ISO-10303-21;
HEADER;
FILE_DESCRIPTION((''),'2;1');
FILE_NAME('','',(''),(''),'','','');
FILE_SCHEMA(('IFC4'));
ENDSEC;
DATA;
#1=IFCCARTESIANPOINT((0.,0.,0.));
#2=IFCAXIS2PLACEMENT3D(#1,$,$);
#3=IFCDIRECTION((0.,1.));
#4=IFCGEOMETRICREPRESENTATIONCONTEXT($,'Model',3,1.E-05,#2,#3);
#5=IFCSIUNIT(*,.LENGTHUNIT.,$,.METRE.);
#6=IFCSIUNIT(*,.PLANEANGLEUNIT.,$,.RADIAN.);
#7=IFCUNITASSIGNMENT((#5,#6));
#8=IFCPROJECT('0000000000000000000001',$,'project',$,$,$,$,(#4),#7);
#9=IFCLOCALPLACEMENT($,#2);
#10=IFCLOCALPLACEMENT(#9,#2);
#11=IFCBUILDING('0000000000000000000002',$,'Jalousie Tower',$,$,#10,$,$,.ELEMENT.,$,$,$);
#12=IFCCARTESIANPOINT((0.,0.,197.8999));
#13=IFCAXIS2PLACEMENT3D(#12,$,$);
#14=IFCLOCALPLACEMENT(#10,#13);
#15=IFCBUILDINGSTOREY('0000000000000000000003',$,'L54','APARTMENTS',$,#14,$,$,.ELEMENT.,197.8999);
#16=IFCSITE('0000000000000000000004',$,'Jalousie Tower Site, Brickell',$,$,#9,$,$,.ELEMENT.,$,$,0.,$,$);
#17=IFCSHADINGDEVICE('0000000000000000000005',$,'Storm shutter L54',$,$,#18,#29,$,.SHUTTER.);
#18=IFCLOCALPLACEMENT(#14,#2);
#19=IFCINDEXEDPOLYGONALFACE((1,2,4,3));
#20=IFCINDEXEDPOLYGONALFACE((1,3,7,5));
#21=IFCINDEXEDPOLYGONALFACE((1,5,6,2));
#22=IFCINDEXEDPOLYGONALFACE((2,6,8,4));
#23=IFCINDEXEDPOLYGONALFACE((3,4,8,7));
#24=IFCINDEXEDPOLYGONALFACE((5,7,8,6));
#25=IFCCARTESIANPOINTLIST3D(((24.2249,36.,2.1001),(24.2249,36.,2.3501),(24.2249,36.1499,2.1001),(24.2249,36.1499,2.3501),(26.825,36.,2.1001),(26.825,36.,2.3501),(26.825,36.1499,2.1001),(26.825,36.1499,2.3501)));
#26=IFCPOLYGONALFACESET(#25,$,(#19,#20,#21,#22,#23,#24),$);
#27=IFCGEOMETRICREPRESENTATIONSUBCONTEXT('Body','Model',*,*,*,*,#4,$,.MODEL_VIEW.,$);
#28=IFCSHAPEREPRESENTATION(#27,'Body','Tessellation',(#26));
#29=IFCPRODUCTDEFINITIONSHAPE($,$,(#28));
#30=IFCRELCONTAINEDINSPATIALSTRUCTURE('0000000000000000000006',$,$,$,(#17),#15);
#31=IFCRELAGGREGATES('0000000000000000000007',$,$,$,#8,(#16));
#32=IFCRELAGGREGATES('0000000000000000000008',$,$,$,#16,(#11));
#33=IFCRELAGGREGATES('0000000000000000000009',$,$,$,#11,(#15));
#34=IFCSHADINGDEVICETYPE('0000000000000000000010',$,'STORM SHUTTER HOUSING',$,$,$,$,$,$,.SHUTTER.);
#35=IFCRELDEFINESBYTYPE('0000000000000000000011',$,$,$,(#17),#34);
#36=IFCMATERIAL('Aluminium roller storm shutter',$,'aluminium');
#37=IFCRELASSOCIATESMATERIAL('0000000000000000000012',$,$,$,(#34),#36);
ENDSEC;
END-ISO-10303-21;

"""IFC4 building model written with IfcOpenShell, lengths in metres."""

from ifc_helpers import new_model, si_unit, direction, frame, origin, origin_2d, place, context, subcontext, project, spatial, rectangle, extrude, material, type_object, element, save


model = new_model("IFC4")

# Units and contexts
model_context = context("Model", 3, precision=1e-05, world=origin(), true_north=direction((0.0, 1.0)))
body_context = subcontext(model_context, "Body", "Model", "MODEL_VIEW")
ifc_project = project(units=[si_unit("LENGTHUNIT", "METRE"), si_unit("PLANEANGLEUNIT", "RADIAN")], contexts=[model_context])

# Site, building, storey
site_placement = place(None, origin())
site = spatial("IfcSite", under=ifc_project, at=site_placement, Name="Jalousie Tower Site, Brickell", CompositionType="ELEMENT", RefElevation=0.0)
building_placement = place(site_placement, origin())
building = spatial("IfcBuilding", under=site, at=building_placement, Name="Jalousie Tower", CompositionType="ELEMENT")
storey_placement = place(building_placement, frame((0.0, 0.0, 197.8999)))
storey = spatial("IfcBuildingStorey", under=building, at=storey_placement, Name="L54", Description="APARTMENTS", CompositionType="ELEMENT", Elevation=197.8999)

# Shading device
ifc_material_1 = material(Name="Aluminium roller storm shutter", Category="aluminium")
shading_device_type = type_object("IfcShadingDeviceType", Name="STORM SHUTTER HOUSING", PredefinedType="SHUTTER", material=ifc_material_1)
shading_device_1_placement = place(storey_placement, frame((25.5249, 36.075, 2.1001), z_axis=(0.0, 0.0, 1.0), x_axis=(-1.0, 0.0, 0.0)))
element("IfcShadingDevice", 1, at=shading_device_1_placement, inside=storey, type_object=shading_device_type, Name="Storm shutter L54", PredefinedType="SHUTTER", context=body_context, shape_type="SweptSolid", body=[
    extrude(rectangle(XDim=2.6001, YDim=0.1499, at=origin_2d()), origin(), (0.0, 0.0, 1.0), 0.25),
])

save(model, "model.ifc")
